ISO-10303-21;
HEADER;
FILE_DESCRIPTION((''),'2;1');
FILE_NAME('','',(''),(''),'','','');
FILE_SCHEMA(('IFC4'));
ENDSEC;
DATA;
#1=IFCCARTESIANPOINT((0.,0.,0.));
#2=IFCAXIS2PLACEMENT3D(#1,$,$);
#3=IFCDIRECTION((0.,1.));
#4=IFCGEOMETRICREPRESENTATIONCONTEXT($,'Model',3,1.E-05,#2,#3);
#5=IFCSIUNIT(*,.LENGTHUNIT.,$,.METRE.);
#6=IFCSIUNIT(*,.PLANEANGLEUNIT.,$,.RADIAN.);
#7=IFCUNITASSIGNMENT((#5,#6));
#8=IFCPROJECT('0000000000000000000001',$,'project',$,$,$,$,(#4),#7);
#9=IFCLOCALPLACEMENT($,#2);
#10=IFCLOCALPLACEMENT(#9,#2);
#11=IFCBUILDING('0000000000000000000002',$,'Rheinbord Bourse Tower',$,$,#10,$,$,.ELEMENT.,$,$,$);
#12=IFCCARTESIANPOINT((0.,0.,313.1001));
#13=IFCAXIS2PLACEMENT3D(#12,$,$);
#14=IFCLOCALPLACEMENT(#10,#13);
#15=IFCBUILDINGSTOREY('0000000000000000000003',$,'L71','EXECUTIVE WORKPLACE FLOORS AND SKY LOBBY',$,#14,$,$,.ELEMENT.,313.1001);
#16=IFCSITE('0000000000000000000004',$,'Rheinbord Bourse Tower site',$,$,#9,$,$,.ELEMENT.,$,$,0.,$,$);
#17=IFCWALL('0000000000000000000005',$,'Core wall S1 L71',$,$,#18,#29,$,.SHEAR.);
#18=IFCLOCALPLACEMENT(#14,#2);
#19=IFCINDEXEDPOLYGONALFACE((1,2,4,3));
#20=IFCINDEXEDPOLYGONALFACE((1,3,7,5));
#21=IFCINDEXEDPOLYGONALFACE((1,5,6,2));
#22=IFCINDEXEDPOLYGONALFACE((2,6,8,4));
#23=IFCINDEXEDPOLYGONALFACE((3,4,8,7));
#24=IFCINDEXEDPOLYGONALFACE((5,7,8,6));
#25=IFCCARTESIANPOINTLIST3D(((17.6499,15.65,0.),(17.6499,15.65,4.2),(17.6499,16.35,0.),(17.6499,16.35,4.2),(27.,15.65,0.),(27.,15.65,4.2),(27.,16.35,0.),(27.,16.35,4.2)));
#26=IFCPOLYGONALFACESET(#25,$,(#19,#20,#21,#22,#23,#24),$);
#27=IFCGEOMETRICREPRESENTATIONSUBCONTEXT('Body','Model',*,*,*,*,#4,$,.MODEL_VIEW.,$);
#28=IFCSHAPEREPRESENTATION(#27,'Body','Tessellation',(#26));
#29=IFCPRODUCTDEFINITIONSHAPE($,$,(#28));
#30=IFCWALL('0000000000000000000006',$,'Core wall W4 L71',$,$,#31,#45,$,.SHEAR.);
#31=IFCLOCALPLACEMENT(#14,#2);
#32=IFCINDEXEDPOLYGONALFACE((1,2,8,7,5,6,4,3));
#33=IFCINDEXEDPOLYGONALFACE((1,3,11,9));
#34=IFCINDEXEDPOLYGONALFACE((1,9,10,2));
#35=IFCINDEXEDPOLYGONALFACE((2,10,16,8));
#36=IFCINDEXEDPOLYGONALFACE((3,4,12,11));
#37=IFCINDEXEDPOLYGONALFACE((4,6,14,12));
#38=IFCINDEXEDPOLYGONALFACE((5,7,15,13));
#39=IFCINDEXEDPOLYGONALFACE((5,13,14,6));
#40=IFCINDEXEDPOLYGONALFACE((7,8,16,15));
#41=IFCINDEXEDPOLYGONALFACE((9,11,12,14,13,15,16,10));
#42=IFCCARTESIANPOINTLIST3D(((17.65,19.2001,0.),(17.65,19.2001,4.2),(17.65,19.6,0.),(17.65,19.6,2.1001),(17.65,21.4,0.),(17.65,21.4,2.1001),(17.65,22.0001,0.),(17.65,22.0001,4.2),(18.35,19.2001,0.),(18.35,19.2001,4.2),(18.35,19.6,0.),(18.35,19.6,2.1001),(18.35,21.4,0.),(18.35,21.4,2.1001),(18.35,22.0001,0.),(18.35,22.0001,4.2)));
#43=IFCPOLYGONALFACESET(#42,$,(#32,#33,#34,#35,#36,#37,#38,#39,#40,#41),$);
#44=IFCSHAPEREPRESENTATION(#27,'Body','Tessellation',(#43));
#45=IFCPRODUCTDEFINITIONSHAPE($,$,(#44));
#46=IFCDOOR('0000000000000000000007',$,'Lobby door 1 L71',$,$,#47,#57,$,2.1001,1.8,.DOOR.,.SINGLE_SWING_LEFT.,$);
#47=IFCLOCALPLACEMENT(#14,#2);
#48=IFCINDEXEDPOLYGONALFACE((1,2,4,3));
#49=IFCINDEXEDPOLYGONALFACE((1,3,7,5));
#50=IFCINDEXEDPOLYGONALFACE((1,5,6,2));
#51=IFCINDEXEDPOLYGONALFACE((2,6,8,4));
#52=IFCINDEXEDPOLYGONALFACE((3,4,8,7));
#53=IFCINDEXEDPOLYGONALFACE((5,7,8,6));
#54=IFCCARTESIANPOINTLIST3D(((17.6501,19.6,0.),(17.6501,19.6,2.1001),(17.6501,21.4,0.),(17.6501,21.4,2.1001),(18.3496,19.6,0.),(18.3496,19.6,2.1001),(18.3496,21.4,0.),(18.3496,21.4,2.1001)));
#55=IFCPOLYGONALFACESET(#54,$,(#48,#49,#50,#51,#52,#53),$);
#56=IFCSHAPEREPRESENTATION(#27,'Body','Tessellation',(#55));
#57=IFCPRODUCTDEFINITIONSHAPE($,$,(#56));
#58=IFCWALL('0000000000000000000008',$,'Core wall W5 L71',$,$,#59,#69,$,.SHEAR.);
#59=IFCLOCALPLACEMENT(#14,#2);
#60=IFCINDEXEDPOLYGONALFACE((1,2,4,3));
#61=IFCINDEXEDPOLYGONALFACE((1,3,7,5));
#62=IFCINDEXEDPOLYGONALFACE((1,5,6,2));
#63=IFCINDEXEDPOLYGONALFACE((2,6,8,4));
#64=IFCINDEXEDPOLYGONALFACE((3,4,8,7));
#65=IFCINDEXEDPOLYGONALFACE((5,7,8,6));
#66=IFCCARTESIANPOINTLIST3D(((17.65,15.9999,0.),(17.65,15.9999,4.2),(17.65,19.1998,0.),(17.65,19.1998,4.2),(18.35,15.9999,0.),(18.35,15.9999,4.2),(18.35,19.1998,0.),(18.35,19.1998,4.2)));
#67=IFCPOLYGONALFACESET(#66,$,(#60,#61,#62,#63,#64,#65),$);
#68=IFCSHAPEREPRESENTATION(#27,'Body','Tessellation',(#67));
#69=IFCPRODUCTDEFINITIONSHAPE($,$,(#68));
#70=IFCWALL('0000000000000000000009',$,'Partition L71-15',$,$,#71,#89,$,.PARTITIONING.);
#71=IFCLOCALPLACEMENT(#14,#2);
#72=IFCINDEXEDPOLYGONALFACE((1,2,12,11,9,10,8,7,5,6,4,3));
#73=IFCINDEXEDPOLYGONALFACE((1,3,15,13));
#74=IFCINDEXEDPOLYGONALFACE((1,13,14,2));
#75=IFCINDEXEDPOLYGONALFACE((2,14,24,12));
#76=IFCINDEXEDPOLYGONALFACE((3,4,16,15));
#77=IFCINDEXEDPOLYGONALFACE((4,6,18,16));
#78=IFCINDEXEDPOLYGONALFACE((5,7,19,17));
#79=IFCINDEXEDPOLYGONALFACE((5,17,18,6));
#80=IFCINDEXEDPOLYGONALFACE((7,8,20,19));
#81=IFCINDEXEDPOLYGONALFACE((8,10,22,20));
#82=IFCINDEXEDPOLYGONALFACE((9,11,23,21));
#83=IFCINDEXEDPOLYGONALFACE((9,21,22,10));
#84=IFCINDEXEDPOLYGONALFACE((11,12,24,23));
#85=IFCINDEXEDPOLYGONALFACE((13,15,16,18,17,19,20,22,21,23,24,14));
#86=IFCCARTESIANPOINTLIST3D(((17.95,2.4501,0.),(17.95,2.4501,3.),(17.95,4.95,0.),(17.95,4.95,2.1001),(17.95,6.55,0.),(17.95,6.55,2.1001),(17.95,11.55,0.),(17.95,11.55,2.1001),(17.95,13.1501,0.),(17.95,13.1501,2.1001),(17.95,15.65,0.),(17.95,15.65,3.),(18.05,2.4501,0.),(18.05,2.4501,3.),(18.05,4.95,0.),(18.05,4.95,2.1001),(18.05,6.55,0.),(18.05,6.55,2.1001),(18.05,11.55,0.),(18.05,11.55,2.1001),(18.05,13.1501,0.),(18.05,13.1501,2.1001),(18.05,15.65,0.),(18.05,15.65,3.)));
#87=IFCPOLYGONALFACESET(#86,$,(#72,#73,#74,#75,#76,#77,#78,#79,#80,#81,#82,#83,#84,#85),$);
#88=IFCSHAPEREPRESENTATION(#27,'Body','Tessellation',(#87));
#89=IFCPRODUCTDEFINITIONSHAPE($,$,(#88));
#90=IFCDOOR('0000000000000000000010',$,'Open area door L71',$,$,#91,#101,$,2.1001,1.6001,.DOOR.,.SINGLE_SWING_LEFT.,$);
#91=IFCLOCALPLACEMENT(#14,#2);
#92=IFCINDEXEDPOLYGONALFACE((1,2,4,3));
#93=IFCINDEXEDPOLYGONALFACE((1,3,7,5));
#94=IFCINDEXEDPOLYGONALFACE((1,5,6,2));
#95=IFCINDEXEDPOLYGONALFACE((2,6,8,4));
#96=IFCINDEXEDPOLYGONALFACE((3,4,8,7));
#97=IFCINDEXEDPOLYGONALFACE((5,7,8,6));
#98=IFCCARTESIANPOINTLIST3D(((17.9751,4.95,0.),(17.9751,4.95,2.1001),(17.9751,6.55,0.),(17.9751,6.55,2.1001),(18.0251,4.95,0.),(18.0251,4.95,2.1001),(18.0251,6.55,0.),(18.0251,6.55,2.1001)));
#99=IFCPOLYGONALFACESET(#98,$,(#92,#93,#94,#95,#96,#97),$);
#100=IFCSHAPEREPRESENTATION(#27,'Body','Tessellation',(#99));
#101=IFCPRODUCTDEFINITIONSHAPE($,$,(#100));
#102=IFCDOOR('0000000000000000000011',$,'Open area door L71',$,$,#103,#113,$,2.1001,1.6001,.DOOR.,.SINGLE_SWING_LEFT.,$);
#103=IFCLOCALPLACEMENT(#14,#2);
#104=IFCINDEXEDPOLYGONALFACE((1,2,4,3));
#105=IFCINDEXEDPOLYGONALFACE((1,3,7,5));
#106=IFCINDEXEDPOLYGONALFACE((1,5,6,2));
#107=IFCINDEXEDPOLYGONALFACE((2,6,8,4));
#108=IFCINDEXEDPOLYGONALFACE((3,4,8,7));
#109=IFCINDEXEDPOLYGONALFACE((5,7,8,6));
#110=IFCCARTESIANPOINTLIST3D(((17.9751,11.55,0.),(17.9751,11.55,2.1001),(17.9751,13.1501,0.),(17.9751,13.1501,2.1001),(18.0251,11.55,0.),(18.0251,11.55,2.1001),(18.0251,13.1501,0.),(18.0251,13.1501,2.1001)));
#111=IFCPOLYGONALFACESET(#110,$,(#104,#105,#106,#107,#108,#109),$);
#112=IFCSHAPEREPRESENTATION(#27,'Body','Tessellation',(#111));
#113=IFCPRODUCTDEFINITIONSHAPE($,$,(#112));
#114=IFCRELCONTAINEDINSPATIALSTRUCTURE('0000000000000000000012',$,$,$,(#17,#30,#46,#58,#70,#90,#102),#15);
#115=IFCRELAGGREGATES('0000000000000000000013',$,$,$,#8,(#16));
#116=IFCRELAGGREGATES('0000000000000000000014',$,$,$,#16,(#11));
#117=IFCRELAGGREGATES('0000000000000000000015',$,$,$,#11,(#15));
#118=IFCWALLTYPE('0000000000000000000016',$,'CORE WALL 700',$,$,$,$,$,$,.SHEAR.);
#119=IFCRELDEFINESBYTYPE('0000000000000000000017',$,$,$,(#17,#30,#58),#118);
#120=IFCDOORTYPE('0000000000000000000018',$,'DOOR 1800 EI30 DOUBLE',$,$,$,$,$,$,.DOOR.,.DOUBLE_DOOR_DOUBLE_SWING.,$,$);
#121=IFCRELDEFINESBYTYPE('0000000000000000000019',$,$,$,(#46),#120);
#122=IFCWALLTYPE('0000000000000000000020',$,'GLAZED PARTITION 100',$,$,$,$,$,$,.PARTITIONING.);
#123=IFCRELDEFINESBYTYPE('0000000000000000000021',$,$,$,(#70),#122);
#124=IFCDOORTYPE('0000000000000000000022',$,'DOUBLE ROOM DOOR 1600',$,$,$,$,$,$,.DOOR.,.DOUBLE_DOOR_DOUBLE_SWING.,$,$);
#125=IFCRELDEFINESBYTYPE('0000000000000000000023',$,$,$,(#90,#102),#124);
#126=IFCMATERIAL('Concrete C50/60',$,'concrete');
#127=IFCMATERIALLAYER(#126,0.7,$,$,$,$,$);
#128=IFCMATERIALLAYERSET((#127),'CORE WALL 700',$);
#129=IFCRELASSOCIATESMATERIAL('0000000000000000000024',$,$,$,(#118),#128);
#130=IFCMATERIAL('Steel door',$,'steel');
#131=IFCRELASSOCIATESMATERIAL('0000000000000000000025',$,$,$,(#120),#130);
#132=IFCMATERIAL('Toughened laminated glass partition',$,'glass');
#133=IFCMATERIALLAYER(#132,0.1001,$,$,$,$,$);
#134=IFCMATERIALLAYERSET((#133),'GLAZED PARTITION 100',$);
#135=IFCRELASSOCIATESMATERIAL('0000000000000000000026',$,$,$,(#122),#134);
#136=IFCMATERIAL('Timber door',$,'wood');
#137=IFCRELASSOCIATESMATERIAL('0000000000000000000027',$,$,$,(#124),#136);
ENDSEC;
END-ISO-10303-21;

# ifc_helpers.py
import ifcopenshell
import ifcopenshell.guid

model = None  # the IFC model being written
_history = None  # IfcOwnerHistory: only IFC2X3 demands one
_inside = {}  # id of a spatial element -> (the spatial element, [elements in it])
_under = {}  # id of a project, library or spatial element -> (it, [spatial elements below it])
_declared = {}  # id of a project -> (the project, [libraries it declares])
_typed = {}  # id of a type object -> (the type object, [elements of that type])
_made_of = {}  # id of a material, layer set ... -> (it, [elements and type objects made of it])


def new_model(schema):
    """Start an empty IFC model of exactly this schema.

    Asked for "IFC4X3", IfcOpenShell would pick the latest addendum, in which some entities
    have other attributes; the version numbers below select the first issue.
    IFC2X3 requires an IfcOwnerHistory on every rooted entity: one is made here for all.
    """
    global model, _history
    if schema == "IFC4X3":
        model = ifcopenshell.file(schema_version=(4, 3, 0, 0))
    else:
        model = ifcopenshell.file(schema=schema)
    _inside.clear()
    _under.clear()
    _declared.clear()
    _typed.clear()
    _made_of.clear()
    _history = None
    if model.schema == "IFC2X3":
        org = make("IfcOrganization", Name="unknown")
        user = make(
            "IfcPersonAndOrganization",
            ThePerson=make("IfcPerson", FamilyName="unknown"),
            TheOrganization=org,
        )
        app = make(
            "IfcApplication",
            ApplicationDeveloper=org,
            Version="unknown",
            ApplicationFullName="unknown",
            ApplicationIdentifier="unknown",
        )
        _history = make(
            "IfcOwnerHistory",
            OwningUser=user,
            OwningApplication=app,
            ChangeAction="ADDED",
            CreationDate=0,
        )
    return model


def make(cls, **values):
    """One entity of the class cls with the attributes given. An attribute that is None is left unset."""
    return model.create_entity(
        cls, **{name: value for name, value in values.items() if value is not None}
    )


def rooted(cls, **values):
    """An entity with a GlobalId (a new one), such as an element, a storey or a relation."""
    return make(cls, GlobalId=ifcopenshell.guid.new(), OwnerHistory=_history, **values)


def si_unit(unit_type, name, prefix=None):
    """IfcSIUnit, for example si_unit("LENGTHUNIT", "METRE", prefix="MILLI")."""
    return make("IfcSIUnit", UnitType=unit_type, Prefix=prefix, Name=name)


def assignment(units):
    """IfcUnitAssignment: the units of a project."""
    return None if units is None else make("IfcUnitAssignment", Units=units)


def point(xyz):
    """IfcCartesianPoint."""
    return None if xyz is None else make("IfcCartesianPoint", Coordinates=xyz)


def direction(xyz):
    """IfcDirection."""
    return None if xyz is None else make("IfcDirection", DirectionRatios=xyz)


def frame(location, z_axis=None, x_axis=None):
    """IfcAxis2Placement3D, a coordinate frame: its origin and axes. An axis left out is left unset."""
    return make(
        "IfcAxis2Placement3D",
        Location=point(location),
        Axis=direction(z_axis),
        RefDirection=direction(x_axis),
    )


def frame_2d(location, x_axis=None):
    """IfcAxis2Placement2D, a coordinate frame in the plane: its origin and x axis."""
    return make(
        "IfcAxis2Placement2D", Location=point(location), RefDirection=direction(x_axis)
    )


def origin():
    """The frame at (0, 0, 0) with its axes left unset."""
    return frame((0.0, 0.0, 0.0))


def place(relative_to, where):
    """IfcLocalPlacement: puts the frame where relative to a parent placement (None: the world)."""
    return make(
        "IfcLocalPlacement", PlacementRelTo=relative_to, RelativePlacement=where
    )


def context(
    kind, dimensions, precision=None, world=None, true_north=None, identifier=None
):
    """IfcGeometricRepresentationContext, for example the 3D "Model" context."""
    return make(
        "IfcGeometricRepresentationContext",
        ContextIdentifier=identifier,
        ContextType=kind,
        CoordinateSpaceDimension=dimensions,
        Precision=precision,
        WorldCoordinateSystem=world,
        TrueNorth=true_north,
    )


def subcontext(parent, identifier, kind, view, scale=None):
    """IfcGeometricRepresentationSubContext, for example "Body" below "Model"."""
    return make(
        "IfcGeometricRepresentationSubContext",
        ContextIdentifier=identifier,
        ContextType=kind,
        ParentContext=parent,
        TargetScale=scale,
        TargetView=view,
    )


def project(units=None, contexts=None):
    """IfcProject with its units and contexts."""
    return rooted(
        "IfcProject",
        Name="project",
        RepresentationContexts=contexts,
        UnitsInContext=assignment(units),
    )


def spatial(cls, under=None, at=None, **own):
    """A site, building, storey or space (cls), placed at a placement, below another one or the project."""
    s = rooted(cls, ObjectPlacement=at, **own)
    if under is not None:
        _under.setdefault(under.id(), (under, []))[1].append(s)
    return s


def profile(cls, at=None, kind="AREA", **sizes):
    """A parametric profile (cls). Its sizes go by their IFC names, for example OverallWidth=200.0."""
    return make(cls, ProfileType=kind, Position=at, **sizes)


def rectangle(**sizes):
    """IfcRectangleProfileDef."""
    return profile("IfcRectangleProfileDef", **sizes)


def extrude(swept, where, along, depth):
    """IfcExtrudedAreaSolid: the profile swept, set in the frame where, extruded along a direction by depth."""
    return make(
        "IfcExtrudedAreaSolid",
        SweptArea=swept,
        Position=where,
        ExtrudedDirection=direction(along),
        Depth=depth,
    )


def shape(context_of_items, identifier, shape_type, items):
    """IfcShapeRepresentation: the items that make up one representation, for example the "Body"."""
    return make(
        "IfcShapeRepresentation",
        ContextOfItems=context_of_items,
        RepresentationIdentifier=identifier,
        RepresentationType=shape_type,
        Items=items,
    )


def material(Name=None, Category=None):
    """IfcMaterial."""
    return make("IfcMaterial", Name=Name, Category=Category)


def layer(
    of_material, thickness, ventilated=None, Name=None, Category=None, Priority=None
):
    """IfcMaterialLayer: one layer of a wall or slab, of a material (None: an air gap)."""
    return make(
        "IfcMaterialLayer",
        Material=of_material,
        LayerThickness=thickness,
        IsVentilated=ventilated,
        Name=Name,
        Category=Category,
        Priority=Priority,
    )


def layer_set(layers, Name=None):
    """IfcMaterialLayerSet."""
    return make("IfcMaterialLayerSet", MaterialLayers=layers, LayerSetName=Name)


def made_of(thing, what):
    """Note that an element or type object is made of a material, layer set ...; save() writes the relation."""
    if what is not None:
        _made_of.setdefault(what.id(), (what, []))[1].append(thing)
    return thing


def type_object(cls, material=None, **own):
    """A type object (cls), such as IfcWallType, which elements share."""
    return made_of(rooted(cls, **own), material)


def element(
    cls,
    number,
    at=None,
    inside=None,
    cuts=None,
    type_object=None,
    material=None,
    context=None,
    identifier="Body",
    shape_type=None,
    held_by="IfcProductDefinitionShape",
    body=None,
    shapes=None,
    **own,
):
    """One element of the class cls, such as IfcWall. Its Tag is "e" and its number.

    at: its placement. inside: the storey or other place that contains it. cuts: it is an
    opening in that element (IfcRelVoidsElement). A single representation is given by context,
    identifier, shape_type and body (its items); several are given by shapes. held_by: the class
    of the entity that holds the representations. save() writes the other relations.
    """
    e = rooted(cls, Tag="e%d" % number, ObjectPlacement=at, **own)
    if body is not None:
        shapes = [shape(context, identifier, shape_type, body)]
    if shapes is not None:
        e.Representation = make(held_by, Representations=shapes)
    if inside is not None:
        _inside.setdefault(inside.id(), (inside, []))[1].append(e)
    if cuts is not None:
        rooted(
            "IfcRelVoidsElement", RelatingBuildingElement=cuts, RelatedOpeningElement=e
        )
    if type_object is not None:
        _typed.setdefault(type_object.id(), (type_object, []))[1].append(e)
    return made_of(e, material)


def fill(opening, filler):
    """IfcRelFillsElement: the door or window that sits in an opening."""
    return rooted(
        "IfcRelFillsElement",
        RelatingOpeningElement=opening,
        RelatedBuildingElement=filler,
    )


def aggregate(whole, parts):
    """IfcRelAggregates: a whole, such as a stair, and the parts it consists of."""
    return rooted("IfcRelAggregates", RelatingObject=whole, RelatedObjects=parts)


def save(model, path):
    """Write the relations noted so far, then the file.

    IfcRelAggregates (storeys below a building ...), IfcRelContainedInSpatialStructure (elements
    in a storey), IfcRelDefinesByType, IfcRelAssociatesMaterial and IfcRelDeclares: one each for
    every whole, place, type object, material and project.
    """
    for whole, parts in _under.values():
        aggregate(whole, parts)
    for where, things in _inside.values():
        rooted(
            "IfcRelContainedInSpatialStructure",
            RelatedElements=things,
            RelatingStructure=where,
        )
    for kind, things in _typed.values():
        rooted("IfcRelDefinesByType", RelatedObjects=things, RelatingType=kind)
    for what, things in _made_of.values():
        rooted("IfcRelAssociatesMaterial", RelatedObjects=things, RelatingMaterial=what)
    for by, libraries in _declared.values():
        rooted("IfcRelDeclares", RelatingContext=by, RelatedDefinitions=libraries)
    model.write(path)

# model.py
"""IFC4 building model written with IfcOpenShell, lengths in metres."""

from ifc_helpers import new_model, si_unit, direction, frame, frame_2d, origin, place, context, subcontext, project, spatial, rectangle, extrude, material, layer, layer_set, type_object, element, fill, save


model = new_model("IFC4")

# Units and contexts
model_context = context("Model", 3, precision=1e-05, world=origin(), true_north=direction((0.0, 1.0)))
body_context = subcontext(model_context, "Body", "Model", "MODEL_VIEW")
ifc_project = project(units=[si_unit("LENGTHUNIT", "METRE"), si_unit("PLANEANGLEUNIT", "RADIAN")], contexts=[model_context])

# Site, building, storey
site_placement = place(None, origin())
site = spatial("IfcSite", under=ifc_project, at=site_placement, Name="Rheinbord Bourse Tower site", CompositionType="ELEMENT", RefElevation=0.0)
building_placement = place(site_placement, origin())
building = spatial("IfcBuilding", under=site, at=building_placement, Name="Rheinbord Bourse Tower", CompositionType="ELEMENT")
storey_placement = place(building_placement, frame((0.0, 0.0, 313.1001)))
storey = spatial("IfcBuildingStorey", under=building, at=storey_placement, Name="L71", Description="EXECUTIVE WORKPLACE FLOORS AND SKY LOBBY", CompositionType="ELEMENT", Elevation=313.1001)

# Wall
ifc_material_1 = material(Name="Concrete C50/60", Category="concrete")
ifc_layer_1 = layer(ifc_material_1, 0.7)
ifc_layer_set_1 = layer_set([ifc_layer_1], Name="CORE WALL 700")
wall_type_1 = type_object("IfcWallType", Name="CORE WALL 700", PredefinedType="SHEAR", material=ifc_layer_set_1)
wall_1_placement = place(storey_placement, frame((17.6499, 16.0, 0.0), z_axis=(0.0, 0.0, 1.0), x_axis=(1.0, 0.0, 0.0)))
element("IfcWall", 1, at=wall_1_placement, inside=storey, type_object=wall_type_1, Name="Core wall S1 L71", PredefinedType="SHEAR", context=body_context, shape_type="SweptSolid", body=[
    extrude(rectangle(XDim=9.3501, YDim=0.7, at=frame_2d((4.675, 0.0))), origin(), (0.0, 0.0, 1.0), 4.2),
])

# Wall, opening, door
wall_2_placement = place(storey_placement, frame((18.0, 22.0, 0.0), z_axis=(0.0, 0.0, 1.0), x_axis=(0.0, -1.0, 0.0)))
wall_2 = element("IfcWall", 2, at=wall_2_placement, inside=storey, type_object=wall_type_1, Name="Core wall W4 L71", PredefinedType="SHEAR", context=body_context, shape_type="SweptSolid", body=[
    extrude(rectangle(XDim=2.8, YDim=0.7, at=frame_2d((1.3999, 0.0))), origin(), (0.0, 0.0, 1.0), 4.2),
])
opening_1_placement = place(wall_2_placement, frame((0.6001, 0.0, 0.0)))
opening_1 = element("IfcOpeningElement", 3, at=opening_1_placement, cuts=wall_2, PredefinedType="OPENING", context=body_context, shape_type="SweptSolid", body=[
    extrude(rectangle(XDim=1.8, YDim=2.1001, at=frame_2d((0.8999, 1.05))), frame((0.0, 0.3599, 0.0), z_axis=(0.0, -1.0, 0.0), x_axis=(1.0, 0.0, 0.0)), (0.0, 0.0, 1.0), 0.72),
])
ifc_material_2 = material(Name="Steel door", Category="steel")
door_type_1 = type_object("IfcDoorType", Name="DOOR 1800 EI30 DOUBLE", OperationType="DOUBLE_DOOR_DOUBLE_SWING", PredefinedType="DOOR", material=ifc_material_2)
door_1_placement = place(opening_1_placement, origin())
door_1 = element("IfcDoor", 4, at=door_1_placement, inside=storey, type_object=door_type_1, Name="Lobby door 1 L71", OperationType="SINGLE_SWING_LEFT", OverallHeight=2.1001, OverallWidth=1.8, PredefinedType="DOOR", context=body_context, shape_type="SweptSolid", body=[
    extrude(rectangle(XDim=1.8, YDim=2.1001, at=frame_2d((0.8999, 1.05))), frame((0.0, 0.3496, 0.0), z_axis=(0.0, -1.0, 0.0), x_axis=(1.0, 0.0, 0.0)), (0.0, 0.0, 1.0), 0.6995),
])
fill(opening_1, door_1)

# Wall
wall_3_placement = place(storey_placement, frame((18.0, 19.2, 0.0), z_axis=(0.0, 0.0, 1.0), x_axis=(0.0, -1.0, 0.0)))
element("IfcWall", 5, at=wall_3_placement, inside=storey, type_object=wall_type_1, Name="Core wall W5 L71", PredefinedType="SHEAR", context=body_context, shape_type="SweptSolid", body=[
    extrude(rectangle(XDim=3.2, YDim=0.7, at=frame_2d((1.6001, 0.0))), origin(), (0.0, 0.0, 1.0), 4.2),
])

# Wall, openings, doors
ifc_material_3 = material(Name="Toughened laminated glass partition", Category="glass")
ifc_layer_2 = layer(ifc_material_3, 0.1001)
ifc_layer_set_2 = layer_set([ifc_layer_2], Name="GLAZED PARTITION 100")
wall_type_2 = type_object("IfcWallType", Name="GLAZED PARTITION 100", PredefinedType="PARTITIONING", material=ifc_layer_set_2)
wall_4_placement = place(storey_placement, frame((18.0, 2.45, 0.0), z_axis=(0.0, 0.0, 1.0), x_axis=(0.0, 1.0, 0.0)))
wall_4 = element("IfcWall", 6, at=wall_4_placement, inside=storey, type_object=wall_type_2, Name="Partition L71-15", PredefinedType="PARTITIONING", context=body_context, shape_type="SweptSolid", body=[
    extrude(rectangle(XDim=13.2, YDim=0.1001, at=frame_2d((6.6001, 0.0))), origin(), (0.0, 0.0, 1.0), 3.0),
])
opening_2_placement = place(wall_4_placement, frame((2.5, 0.0, 0.0)))
opening_2 = element("IfcOpeningElement", 7, at=opening_2_placement, cuts=wall_4, PredefinedType="OPENING", context=body_context, shape_type="SweptSolid", body=[
    extrude(rectangle(XDim=1.6001, YDim=2.1001, at=frame_2d((0.8, 1.05))), frame((0.0, 0.0601, 0.0), z_axis=(0.0, -1.0, 0.0), x_axis=(1.0, 0.0, 0.0)), (0.0, 0.0, 1.0), 0.1201),
])
opening_3_placement = place(wall_4_placement, frame((9.1001, 0.0, 0.0)))
opening_3 = element("IfcOpeningElement", 8, at=opening_3_placement, cuts=wall_4, PredefinedType="OPENING", context=body_context, shape_type="SweptSolid", body=[
    extrude(rectangle(XDim=1.6001, YDim=2.1001, at=frame_2d((0.8, 1.05))), frame((0.0, 0.0601, 0.0), z_axis=(0.0, -1.0, 0.0), x_axis=(1.0, 0.0, 0.0)), (0.0, 0.0, 1.0), 0.1201),
])
ifc_material_4 = material(Name="Timber door", Category="wood")
door_type_2 = type_object("IfcDoorType", Name="DOUBLE ROOM DOOR 1600", OperationType="DOUBLE_DOOR_DOUBLE_SWING", PredefinedType="DOOR", material=ifc_material_4)
door_2_placement = place(opening_2_placement, origin())
door_2 = element("IfcDoor", 9, at=door_2_placement, inside=storey, type_object=door_type_2, Name="Open area door L71", OperationType="SINGLE_SWING_LEFT", OverallHeight=2.1001, OverallWidth=1.6001, PredefinedType="DOOR", context=body_context, shape_type="SweptSolid", body=[
    extrude(rectangle(XDim=1.6001, YDim=2.1001, at=frame_2d((0.8, 1.05))), frame((0.0, 0.0249, 0.0), z_axis=(0.0, -1.0, 0.0), x_axis=(1.0, 0.0, 0.0)), (0.0, 0.0, 1.0), 0.05),
])
fill(opening_2, door_2)
door_3_placement = place(opening_3_placement, origin())
door_3 = element("IfcDoor", 10, at=door_3_placement, inside=storey, type_object=door_type_2, Name="Open area door L71", OperationType="SINGLE_SWING_LEFT", OverallHeight=2.1001, OverallWidth=1.6001, PredefinedType="DOOR", context=body_context, shape_type="SweptSolid", body=[
    extrude(rectangle(XDim=1.6001, YDim=2.1001, at=frame_2d((0.8, 1.05))), frame((0.0, 0.0249, 0.0), z_axis=(0.0, -1.0, 0.0), x_axis=(1.0, 0.0, 0.0)), (0.0, 0.0, 1.0), 0.05),
])
fill(opening_3, door_3)

save(model, "model.ifc")
